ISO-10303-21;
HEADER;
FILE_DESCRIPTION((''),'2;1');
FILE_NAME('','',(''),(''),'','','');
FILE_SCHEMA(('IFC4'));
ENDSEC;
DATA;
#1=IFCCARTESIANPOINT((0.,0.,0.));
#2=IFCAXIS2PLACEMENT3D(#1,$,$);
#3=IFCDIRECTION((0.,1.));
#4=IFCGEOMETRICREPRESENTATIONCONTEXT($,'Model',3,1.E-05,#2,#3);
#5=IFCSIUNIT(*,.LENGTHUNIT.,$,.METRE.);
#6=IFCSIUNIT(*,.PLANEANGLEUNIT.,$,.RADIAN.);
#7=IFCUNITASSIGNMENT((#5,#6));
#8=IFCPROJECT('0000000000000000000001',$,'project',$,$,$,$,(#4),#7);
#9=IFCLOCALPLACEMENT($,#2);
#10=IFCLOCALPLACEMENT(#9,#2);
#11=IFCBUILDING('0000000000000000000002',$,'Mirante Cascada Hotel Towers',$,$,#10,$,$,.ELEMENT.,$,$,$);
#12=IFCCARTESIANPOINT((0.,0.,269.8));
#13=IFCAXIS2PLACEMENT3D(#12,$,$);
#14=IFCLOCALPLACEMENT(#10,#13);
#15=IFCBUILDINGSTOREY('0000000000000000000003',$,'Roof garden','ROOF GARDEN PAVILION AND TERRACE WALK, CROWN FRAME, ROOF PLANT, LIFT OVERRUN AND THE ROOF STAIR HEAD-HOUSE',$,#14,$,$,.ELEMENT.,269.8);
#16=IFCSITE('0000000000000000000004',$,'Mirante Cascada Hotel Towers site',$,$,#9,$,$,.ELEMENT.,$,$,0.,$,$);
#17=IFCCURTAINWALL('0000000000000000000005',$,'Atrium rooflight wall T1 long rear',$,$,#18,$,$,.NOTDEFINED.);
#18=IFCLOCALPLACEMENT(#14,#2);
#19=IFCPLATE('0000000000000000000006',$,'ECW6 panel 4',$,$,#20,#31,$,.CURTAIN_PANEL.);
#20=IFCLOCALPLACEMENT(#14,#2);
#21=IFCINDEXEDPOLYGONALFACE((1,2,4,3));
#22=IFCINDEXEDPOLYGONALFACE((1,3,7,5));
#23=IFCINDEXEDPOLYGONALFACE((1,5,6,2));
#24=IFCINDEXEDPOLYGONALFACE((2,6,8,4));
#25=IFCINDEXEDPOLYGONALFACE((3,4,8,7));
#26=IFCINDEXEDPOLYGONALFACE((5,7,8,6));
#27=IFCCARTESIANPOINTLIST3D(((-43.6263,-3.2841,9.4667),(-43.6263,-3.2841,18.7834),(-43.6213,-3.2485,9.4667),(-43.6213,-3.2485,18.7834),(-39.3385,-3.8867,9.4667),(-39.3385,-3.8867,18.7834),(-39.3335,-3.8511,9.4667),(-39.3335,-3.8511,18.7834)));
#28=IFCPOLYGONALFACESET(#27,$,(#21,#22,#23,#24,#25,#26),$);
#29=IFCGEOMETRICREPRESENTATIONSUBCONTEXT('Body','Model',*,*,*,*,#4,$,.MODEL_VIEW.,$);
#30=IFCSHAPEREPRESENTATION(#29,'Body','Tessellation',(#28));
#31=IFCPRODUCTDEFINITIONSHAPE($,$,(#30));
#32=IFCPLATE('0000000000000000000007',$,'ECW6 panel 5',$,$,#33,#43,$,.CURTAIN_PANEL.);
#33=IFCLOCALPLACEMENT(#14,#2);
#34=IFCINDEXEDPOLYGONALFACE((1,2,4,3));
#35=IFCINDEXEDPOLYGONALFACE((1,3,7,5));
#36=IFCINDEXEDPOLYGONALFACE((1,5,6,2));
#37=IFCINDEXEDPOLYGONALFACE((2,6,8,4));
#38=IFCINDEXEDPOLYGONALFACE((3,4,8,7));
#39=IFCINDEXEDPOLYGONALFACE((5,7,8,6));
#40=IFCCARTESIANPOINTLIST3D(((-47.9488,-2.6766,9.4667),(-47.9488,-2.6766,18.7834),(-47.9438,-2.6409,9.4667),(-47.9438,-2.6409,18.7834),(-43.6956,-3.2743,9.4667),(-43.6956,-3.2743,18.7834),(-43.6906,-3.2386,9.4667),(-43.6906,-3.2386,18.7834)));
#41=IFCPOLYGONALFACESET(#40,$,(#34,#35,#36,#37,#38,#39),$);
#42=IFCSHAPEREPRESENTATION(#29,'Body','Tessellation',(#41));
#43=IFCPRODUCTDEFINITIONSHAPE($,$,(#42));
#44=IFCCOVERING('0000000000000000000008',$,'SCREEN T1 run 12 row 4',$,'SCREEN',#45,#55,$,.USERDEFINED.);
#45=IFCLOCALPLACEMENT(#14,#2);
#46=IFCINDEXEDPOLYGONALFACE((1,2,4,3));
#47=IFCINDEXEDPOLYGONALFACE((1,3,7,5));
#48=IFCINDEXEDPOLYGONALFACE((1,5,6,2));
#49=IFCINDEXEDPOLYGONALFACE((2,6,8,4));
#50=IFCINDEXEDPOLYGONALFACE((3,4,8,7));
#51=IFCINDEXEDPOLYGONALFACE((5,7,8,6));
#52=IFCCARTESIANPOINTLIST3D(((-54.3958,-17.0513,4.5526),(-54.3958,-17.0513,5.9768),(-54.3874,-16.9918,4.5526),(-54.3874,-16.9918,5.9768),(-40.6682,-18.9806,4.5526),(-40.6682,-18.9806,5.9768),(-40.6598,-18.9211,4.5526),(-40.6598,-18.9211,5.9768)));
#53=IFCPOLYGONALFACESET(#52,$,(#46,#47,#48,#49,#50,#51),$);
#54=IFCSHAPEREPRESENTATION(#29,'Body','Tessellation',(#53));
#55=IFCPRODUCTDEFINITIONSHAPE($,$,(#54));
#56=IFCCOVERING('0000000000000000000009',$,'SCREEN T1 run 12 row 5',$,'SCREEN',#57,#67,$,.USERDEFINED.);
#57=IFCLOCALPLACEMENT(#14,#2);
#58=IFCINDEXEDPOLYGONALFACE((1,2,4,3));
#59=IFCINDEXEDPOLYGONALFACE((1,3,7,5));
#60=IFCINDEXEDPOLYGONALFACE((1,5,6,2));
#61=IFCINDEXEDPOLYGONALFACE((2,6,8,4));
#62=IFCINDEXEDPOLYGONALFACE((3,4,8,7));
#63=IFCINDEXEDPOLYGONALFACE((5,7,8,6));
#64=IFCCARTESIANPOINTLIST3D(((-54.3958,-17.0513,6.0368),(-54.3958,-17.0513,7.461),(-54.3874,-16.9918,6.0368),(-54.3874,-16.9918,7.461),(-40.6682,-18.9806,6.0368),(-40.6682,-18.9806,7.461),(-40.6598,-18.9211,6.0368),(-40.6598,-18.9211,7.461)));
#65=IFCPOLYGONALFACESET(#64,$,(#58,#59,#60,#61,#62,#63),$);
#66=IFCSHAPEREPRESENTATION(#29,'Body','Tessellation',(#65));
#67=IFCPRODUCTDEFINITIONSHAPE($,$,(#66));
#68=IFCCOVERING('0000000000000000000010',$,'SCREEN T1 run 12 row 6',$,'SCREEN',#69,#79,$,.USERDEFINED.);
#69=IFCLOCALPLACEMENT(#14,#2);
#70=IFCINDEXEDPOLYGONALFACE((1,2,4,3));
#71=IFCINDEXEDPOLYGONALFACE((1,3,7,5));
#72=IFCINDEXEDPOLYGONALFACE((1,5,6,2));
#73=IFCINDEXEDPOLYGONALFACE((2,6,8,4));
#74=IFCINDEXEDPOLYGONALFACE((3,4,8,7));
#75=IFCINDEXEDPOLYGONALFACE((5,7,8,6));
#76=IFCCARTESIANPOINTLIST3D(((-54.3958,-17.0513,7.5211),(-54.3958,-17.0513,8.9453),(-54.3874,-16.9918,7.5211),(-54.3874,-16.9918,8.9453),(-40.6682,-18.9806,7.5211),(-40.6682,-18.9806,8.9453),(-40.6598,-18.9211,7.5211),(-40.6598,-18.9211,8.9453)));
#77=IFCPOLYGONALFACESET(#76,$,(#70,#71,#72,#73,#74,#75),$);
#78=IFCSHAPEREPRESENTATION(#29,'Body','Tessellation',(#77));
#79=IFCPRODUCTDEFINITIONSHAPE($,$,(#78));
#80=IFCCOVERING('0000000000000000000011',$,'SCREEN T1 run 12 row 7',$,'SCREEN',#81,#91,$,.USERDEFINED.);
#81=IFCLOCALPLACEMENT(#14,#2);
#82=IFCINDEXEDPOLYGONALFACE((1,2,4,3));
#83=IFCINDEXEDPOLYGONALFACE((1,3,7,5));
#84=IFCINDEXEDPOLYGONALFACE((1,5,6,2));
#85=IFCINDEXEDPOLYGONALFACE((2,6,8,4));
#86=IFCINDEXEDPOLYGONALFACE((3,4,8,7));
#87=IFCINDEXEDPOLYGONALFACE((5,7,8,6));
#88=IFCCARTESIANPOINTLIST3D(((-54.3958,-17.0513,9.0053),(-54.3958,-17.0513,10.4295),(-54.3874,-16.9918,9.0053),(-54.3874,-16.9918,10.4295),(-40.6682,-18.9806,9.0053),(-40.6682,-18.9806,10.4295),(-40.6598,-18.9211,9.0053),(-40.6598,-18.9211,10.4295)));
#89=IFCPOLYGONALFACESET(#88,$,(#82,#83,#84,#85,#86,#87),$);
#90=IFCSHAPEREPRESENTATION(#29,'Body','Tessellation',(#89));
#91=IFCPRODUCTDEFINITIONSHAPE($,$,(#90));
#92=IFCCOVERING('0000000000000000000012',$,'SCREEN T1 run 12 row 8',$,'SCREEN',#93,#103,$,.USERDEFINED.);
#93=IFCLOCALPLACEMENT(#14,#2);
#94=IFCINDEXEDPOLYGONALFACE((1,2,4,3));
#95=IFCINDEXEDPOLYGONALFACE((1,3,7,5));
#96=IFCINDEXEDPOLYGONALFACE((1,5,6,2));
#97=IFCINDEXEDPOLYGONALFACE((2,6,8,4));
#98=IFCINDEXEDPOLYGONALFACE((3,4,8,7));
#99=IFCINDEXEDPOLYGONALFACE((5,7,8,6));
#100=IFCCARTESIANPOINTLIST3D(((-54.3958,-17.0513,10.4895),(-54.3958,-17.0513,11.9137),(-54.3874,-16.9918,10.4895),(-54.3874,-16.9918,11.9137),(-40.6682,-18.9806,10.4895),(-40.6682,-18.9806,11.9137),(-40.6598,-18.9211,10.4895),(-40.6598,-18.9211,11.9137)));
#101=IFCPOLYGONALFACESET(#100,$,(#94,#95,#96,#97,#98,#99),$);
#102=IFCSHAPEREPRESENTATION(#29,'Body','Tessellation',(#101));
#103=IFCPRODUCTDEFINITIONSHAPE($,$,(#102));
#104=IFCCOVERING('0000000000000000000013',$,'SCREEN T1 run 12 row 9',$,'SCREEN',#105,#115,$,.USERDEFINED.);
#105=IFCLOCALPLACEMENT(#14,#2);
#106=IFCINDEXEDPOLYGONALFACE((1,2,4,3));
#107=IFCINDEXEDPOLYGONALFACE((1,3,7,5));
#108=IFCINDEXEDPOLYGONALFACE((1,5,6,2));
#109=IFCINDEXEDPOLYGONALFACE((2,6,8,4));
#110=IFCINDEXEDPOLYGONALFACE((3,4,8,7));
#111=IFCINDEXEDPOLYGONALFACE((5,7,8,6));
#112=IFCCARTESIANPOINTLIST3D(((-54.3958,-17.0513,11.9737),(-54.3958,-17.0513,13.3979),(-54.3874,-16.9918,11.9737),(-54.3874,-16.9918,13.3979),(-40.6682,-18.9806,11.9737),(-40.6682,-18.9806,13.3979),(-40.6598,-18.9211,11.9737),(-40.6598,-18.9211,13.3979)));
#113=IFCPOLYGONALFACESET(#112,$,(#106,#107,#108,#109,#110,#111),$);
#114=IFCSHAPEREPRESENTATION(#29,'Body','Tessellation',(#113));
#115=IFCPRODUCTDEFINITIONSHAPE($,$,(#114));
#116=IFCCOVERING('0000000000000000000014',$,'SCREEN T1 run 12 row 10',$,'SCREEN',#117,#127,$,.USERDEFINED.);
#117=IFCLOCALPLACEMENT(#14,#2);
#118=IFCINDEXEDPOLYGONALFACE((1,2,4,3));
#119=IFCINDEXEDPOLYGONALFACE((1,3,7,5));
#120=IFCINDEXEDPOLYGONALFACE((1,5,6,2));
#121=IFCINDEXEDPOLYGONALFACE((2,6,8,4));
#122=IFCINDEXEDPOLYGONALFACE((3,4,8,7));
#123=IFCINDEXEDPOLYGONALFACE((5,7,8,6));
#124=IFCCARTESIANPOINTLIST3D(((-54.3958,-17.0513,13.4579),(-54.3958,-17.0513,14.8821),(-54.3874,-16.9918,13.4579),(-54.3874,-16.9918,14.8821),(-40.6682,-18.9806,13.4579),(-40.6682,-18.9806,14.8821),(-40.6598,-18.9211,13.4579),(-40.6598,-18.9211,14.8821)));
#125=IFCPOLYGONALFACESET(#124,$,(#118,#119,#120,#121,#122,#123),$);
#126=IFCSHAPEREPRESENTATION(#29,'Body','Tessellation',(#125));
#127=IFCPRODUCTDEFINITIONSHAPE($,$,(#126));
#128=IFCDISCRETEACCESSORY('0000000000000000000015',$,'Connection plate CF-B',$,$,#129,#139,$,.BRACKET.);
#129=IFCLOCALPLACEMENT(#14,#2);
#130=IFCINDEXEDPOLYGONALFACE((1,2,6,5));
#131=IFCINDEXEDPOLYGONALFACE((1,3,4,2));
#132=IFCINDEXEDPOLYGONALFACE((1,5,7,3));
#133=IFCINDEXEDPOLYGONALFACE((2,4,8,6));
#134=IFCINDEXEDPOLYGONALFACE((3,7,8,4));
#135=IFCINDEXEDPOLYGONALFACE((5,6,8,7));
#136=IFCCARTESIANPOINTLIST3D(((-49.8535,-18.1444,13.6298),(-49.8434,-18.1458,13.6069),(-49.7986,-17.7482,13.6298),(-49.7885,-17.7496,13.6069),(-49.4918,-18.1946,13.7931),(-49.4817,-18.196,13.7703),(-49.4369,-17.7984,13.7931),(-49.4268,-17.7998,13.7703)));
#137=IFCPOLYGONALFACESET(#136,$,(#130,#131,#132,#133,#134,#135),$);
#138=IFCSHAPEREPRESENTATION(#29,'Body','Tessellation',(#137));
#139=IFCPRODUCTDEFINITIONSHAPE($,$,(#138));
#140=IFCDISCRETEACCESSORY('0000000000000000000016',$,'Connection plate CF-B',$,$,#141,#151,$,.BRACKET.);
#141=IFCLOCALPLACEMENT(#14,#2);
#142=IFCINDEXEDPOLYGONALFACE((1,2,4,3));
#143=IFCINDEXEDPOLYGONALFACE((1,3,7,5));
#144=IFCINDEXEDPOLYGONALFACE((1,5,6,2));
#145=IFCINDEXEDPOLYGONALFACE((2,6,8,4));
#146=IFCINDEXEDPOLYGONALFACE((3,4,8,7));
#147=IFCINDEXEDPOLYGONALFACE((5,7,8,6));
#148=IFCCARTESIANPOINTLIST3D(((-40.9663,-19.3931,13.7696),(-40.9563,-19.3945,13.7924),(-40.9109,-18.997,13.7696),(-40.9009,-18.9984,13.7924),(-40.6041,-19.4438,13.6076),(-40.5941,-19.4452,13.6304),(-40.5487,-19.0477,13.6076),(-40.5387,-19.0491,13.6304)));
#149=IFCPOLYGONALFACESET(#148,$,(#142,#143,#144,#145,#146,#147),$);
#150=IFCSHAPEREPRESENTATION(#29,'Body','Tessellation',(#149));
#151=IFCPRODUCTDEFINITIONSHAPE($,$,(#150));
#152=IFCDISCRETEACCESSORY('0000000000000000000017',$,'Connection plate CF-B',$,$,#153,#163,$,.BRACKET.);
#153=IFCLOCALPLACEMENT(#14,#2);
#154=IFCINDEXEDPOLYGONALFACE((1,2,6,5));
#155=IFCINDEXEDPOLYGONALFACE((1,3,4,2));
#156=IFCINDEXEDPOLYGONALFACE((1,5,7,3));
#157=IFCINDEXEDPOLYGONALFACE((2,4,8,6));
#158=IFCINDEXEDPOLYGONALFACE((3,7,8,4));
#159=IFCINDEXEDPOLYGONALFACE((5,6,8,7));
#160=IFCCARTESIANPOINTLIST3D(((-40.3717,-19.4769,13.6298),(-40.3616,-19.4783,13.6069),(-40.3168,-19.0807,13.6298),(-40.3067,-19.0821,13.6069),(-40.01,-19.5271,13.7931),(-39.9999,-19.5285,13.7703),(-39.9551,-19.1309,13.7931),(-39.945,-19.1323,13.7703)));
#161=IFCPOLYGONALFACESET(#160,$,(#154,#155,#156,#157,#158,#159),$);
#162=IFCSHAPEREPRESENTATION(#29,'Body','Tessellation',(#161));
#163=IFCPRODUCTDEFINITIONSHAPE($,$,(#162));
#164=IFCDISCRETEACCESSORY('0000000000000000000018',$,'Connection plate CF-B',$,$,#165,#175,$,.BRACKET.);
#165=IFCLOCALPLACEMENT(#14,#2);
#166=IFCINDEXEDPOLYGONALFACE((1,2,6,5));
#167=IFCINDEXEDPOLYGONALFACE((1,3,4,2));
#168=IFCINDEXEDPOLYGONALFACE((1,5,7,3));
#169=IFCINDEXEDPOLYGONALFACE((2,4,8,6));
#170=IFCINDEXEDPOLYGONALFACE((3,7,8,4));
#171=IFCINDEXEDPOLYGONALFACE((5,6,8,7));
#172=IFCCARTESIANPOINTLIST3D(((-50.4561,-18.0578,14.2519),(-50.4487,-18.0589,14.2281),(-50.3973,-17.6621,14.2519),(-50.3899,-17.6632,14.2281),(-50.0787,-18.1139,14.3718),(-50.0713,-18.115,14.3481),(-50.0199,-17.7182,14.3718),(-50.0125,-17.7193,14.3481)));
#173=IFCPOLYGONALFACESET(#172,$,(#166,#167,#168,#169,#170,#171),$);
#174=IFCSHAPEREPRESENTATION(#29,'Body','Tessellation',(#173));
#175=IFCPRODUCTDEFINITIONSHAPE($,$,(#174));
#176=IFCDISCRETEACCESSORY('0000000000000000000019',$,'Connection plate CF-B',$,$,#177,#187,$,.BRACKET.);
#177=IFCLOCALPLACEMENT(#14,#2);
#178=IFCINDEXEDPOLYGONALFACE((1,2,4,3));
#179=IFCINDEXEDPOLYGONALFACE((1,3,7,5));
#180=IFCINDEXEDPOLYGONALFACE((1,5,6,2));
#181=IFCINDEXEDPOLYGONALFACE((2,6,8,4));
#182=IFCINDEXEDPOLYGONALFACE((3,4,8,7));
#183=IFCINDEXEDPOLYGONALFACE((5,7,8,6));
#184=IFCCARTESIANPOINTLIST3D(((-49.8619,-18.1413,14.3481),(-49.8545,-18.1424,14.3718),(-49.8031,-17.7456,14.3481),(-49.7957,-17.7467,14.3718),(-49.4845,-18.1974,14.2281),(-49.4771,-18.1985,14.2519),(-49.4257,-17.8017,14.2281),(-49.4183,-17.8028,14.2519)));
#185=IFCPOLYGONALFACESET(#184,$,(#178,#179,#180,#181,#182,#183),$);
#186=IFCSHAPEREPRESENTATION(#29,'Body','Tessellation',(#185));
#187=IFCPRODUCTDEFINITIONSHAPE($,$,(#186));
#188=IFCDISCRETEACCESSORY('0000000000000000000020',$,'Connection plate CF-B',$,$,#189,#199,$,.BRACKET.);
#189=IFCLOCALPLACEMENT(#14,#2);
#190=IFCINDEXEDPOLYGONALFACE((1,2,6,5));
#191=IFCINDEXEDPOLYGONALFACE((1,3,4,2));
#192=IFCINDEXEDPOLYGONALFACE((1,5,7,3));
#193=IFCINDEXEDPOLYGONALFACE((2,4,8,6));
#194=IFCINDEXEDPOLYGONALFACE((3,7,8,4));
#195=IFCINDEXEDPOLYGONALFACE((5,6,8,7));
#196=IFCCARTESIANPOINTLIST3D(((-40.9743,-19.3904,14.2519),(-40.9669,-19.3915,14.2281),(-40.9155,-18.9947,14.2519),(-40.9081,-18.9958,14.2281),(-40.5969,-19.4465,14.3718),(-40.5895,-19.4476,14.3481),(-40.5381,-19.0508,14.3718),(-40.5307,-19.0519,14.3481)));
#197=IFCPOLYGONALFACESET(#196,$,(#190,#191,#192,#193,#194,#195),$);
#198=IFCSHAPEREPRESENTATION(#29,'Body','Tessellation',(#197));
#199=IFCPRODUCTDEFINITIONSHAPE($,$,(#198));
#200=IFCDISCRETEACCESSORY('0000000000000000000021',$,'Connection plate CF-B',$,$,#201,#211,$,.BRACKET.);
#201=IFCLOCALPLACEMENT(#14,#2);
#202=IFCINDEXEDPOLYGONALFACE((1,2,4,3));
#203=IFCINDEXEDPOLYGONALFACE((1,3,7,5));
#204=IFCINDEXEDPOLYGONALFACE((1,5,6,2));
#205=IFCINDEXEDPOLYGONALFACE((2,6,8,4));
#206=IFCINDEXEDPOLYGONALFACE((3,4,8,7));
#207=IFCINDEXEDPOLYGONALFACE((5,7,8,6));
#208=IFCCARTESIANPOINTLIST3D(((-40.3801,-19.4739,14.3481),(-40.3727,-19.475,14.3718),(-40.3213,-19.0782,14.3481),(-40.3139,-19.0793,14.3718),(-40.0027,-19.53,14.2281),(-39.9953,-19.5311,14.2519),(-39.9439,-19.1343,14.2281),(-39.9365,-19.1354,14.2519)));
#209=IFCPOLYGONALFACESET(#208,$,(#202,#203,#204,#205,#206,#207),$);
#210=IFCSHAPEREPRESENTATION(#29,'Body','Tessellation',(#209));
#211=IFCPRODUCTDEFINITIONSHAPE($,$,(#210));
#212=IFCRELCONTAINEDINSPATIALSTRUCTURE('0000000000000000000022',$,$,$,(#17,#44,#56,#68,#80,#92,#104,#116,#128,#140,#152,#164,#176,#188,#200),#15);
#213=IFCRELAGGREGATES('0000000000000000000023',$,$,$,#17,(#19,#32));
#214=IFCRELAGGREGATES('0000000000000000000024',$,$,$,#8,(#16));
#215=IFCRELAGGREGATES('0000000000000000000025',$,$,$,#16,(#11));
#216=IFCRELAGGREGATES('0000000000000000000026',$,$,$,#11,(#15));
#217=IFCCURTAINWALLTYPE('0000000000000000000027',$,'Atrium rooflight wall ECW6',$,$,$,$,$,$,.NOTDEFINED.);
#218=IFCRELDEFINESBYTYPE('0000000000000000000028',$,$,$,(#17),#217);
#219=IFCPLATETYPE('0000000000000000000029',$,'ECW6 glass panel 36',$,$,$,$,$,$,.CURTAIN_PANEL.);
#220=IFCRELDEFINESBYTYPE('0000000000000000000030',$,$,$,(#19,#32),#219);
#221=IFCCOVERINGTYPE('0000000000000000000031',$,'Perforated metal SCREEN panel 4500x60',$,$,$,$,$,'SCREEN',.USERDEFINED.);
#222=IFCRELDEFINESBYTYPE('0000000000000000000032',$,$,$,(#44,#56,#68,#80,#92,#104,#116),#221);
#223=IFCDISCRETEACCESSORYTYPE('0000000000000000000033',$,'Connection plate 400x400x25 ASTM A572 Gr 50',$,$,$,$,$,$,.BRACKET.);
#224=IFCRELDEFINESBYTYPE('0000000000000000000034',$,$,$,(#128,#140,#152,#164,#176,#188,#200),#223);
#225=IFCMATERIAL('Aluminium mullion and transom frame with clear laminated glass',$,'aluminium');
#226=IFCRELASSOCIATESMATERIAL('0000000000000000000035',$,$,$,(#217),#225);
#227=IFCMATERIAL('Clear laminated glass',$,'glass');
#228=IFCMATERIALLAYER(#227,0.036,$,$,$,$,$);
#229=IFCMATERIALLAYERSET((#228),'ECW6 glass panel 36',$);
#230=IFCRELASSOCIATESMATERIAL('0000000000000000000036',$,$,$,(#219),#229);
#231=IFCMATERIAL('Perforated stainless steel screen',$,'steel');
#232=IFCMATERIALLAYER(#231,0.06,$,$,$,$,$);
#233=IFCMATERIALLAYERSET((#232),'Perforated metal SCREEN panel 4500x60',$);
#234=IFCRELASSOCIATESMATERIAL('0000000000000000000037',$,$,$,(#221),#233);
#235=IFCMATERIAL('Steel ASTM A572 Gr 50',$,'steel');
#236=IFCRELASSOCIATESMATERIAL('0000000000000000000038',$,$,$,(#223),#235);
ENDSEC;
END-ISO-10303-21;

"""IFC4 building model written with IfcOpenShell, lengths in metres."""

from ifc_helpers import new_model, si_unit, direction, frame, origin, origin_2d, place, context, subcontext, project, spatial, rectangle, extrude, material, layer, layer_set, material_profile, profile_set, type_object, element, aggregate, save


model = new_model("IFC4")

# Units and contexts
model_context = context("Model", 3, precision=1e-05, world=origin(), true_north=direction((0.0, 1.0)))
body_context = subcontext(model_context, "Body", "Model", "MODEL_VIEW")
ifc_project = project(units=[si_unit("LENGTHUNIT", "METRE"), si_unit("PLANEANGLEUNIT", "RADIAN")], contexts=[model_context])

# Site, building, storey
site_placement = place(None, origin())
site = spatial("IfcSite", under=ifc_project, at=site_placement, Name="Mirante Cascada Hotel Towers site", CompositionType="ELEMENT", RefElevation=0.0)
building_placement = place(site_placement, origin())
building = spatial("IfcBuilding", under=site, at=building_placement, Name="Mirante Cascada Hotel Towers", CompositionType="ELEMENT")
storey_placement = place(building_placement, frame((0.0, 0.0, 269.8)))
storey = spatial("IfcBuildingStorey", under=building, at=storey_placement, Name="Roof garden", Description="ROOF GARDEN PAVILION AND TERRACE WALK, CROWN FRAME, ROOF PLANT, LIFT OVERRUN AND THE ROOF STAIR HEAD-HOUSE", CompositionType="ELEMENT", Elevation=269.8)

# Curtain wall
ifc_material_1 = material(Name="Aluminium mullion and transom frame with clear laminated glass", Category="aluminium")
curtain_wall_type = type_object("IfcCurtainWallType", Name="Atrium rooflight wall ECW6", PredefinedType="NOTDEFINED", material=ifc_material_1)
curtain_wall_1_placement = place(storey_placement, origin())
curtain_wall_1 = element("IfcCurtainWall", 1, at=curtain_wall_1_placement, inside=storey, type_object=curtain_wall_type, Name="Atrium rooflight wall T1 long rear", PredefinedType="NOTDEFINED")

# Plates
ifc_material_2 = material(Name="Clear laminated glass", Category="glass")
ifc_layer_1 = layer(ifc_material_2, 0.036)
ifc_layer_set_1 = layer_set([ifc_layer_1], Name="ECW6 glass panel 36")
plate_type = type_object("IfcPlateType", Name="ECW6 glass panel 36", PredefinedType="CURTAIN_PANEL", material=ifc_layer_set_1)
plate_1_placement = place(storey_placement, frame((-41.4799, -3.5676, 9.4667), z_axis=(0.0, 0.0, 1.0), x_axis=(-0.990268, 0.139173, 0.0)))
plate_1 = element("IfcPlate", 2, at=plate_1_placement, type_object=plate_type, Name="ECW6 panel 4", PredefinedType="CURTAIN_PANEL", context=body_context, shape_type="SweptSolid", body=[
    extrude(rectangle(XDim=4.33, YDim=0.036, at=origin_2d()), origin(), (0.0, 0.0, 1.0), 9.3167),
])
plate_2_placement = place(storey_placement, frame((-45.8197, -2.9576, 9.4667), z_axis=(0.0, 0.0, 1.0), x_axis=(-0.990268, 0.139173, 0.0)))
plate_2 = element("IfcPlate", 3, at=plate_2_placement, type_object=plate_type, Name="ECW6 panel 5", PredefinedType="CURTAIN_PANEL", context=body_context, shape_type="SweptSolid", body=[
    extrude(rectangle(XDim=4.295, YDim=0.036, at=origin_2d()), origin(), (0.0, 0.0, 1.0), 9.3167),
])
aggregate(curtain_wall_1, [plate_1, plate_2])

# Coverings
ifc_material_3 = material(Name="Perforated stainless steel screen", Category="steel")
ifc_layer_2 = layer(ifc_material_3, 0.06)
ifc_layer_set_2 = layer_set([ifc_layer_2], Name="Perforated metal SCREEN panel 4500x60")
covering_type = type_object("IfcCoveringType", Name="Perforated metal SCREEN panel 4500x60", ElementType="SCREEN", PredefinedType="USERDEFINED", material=ifc_layer_set_2)
for number, where, z_axis, x_axis, name in (
    (4, (-47.5278, -17.9862, 4.5526), (0.0, 0.0, 1.0), (0.990268, -0.139173, 0.0), "SCREEN T1 run 12 row 4"),
    (5, (-47.5278, -17.9862, 6.0368), (0.0, 0.0, 1.0), (0.990268, -0.139173, 0.0), "SCREEN T1 run 12 row 5"),
    (6, (-47.5278, -17.9862, 7.5211), (0.0, 0.0, 1.0), (0.990268, -0.139173, 0.0), "SCREEN T1 run 12 row 6"),
    (7, (-47.5278, -17.9862, 9.0053), (0.0, 0.0, 1.0), (0.990268, -0.139173, 0.0), "SCREEN T1 run 12 row 7"),
    (8, (-47.5278, -17.9862, 10.4895), (0.0, 0.0, 1.0), (0.990268, -0.139173, 0.0), "SCREEN T1 run 12 row 8"),
    (9, (-47.5278, -17.9862, 11.9737), (0.0, 0.0, 1.0), (0.990268, -0.139173, 0.0), "SCREEN T1 run 12 row 9"),
    (10, (-47.5278, -17.9862, 13.4579), (0.0, 0.0, 1.0), (0.990268, -0.139173, 0.0), "SCREEN T1 run 12 row 10"),
):
    element("IfcCovering", number, at=place(storey_placement, frame(where, z_axis=z_axis, x_axis=x_axis)), inside=storey, type_object=covering_type, Name=name, ObjectType="SCREEN", PredefinedType="USERDEFINED", context=body_context, shape_type="SweptSolid", body=[
        extrude(rectangle(XDim=13.8625, YDim=0.06, at=origin_2d()), origin(), (0.0, 0.0, 1.0), 1.4242),
    ])

# Discrete accessories
ifc_material_4 = material(Name="Steel ASTM A572 Gr 50", Category="steel")
ifc_material_profile_1 = material_profile(ifc_material_4, rectangle(XDim=0.4, YDim=0.4, at=origin_2d()), Name="Connection plate 400x400x25 ASTM A572 Gr 50")
ifc_profile_set_1 = profile_set([ifc_material_profile_1], Name="Steel ASTM A572 Gr 50")
discrete_accessory_type = type_object("IfcDiscreteAccessoryType", Name="Connection plate 400x400x25 ASTM A572 Gr 50", PredefinedType="BRACKET", material=ifc_profile_set_1)
discrete_accessory_1_placement = place(storey_placement, frame((-49.6351, -17.9728, 13.6886), z_axis=(-0.404385, 0.056053, 0.91287), x_axis=(-0.137301, -0.990529, 0.0)))
element("IfcDiscreteAccessory", 11, at=discrete_accessory_1_placement, inside=storey, type_object=discrete_accessory_type, Name="Connection plate CF-B", PredefinedType="BRACKET", context=body_context, shape_type="SweptSolid", body=[
    extrude(rectangle(XDim=0.4, YDim=0.4, at=origin_2d()), origin(), (0.0, 0.0, 1.0), 0.025),
])
discrete_accessory_2_placement = place(storey_placement, frame((-40.7575, -19.2204, 13.6886), z_axis=(0.401028, -0.056144, 0.914344), x_axis=(0.138648, 0.990342, 0.0)))
element("IfcDiscreteAccessory", 12, at=discrete_accessory_2_placement, inside=storey, type_object=discrete_accessory_type, Name="Connection plate CF-B", PredefinedType="BRACKET", context=body_context, shape_type="SweptSolid", body=[
    extrude(rectangle(XDim=0.4, YDim=0.4, at=origin_2d()), origin(), (0.0, 0.0, 1.0), 0.0249),
])
discrete_accessory_3_placement = place(storey_placement, frame((-40.1533, -19.3053, 13.6886), z_axis=(-0.404385, 0.056053, 0.91287), x_axis=(-0.137301, -0.990529, 0.0)))
element("IfcDiscreteAccessory", 13, at=discrete_accessory_3_placement, inside=storey, type_object=discrete_accessory_type, Name="Connection plate CF-B", PredefinedType="BRACKET", context=body_context, shape_type="SweptSolid", body=[
    extrude(rectangle(XDim=0.4, YDim=0.4, at=origin_2d()), origin(), (0.0, 0.0, 1.0), 0.025),
])
for number, where, z_axis, x_axis, name in (
    (14, (-50.2306, -17.8891, 14.2881), (-0.296615, 0.044091, 0.953979), (-0.147033, -0.989132, 0.0), "Connection plate CF-B"),
    (15, (-49.6438, -17.9715, 14.2881), (0.296615, -0.044091, 0.953979), (0.147033, 0.989132, 0.0), "Connection plate CF-B"),
    (16, (-40.7488, -19.2217, 14.2881), (-0.296615, 0.044091, 0.953979), (-0.147033, -0.989132, 0.0), "Connection plate CF-B"),
    (17, (-40.162, -19.3041, 14.2881), (0.296615, -0.044091, 0.953979), (0.147033, 0.989132, 0.0), "Connection plate CF-B"),
):
    element("IfcDiscreteAccessory", number, at=place(storey_placement, frame(where, z_axis=z_axis, x_axis=x_axis)), inside=storey, type_object=discrete_accessory_type, Name=name, PredefinedType="BRACKET", context=body_context, shape_type="SweptSolid", body=[
        extrude(rectangle(XDim=0.4, YDim=0.4, at=origin_2d()), origin(), (0.0, 0.0, 1.0), 0.0249),
    ])

save(model, "model.ifc")
